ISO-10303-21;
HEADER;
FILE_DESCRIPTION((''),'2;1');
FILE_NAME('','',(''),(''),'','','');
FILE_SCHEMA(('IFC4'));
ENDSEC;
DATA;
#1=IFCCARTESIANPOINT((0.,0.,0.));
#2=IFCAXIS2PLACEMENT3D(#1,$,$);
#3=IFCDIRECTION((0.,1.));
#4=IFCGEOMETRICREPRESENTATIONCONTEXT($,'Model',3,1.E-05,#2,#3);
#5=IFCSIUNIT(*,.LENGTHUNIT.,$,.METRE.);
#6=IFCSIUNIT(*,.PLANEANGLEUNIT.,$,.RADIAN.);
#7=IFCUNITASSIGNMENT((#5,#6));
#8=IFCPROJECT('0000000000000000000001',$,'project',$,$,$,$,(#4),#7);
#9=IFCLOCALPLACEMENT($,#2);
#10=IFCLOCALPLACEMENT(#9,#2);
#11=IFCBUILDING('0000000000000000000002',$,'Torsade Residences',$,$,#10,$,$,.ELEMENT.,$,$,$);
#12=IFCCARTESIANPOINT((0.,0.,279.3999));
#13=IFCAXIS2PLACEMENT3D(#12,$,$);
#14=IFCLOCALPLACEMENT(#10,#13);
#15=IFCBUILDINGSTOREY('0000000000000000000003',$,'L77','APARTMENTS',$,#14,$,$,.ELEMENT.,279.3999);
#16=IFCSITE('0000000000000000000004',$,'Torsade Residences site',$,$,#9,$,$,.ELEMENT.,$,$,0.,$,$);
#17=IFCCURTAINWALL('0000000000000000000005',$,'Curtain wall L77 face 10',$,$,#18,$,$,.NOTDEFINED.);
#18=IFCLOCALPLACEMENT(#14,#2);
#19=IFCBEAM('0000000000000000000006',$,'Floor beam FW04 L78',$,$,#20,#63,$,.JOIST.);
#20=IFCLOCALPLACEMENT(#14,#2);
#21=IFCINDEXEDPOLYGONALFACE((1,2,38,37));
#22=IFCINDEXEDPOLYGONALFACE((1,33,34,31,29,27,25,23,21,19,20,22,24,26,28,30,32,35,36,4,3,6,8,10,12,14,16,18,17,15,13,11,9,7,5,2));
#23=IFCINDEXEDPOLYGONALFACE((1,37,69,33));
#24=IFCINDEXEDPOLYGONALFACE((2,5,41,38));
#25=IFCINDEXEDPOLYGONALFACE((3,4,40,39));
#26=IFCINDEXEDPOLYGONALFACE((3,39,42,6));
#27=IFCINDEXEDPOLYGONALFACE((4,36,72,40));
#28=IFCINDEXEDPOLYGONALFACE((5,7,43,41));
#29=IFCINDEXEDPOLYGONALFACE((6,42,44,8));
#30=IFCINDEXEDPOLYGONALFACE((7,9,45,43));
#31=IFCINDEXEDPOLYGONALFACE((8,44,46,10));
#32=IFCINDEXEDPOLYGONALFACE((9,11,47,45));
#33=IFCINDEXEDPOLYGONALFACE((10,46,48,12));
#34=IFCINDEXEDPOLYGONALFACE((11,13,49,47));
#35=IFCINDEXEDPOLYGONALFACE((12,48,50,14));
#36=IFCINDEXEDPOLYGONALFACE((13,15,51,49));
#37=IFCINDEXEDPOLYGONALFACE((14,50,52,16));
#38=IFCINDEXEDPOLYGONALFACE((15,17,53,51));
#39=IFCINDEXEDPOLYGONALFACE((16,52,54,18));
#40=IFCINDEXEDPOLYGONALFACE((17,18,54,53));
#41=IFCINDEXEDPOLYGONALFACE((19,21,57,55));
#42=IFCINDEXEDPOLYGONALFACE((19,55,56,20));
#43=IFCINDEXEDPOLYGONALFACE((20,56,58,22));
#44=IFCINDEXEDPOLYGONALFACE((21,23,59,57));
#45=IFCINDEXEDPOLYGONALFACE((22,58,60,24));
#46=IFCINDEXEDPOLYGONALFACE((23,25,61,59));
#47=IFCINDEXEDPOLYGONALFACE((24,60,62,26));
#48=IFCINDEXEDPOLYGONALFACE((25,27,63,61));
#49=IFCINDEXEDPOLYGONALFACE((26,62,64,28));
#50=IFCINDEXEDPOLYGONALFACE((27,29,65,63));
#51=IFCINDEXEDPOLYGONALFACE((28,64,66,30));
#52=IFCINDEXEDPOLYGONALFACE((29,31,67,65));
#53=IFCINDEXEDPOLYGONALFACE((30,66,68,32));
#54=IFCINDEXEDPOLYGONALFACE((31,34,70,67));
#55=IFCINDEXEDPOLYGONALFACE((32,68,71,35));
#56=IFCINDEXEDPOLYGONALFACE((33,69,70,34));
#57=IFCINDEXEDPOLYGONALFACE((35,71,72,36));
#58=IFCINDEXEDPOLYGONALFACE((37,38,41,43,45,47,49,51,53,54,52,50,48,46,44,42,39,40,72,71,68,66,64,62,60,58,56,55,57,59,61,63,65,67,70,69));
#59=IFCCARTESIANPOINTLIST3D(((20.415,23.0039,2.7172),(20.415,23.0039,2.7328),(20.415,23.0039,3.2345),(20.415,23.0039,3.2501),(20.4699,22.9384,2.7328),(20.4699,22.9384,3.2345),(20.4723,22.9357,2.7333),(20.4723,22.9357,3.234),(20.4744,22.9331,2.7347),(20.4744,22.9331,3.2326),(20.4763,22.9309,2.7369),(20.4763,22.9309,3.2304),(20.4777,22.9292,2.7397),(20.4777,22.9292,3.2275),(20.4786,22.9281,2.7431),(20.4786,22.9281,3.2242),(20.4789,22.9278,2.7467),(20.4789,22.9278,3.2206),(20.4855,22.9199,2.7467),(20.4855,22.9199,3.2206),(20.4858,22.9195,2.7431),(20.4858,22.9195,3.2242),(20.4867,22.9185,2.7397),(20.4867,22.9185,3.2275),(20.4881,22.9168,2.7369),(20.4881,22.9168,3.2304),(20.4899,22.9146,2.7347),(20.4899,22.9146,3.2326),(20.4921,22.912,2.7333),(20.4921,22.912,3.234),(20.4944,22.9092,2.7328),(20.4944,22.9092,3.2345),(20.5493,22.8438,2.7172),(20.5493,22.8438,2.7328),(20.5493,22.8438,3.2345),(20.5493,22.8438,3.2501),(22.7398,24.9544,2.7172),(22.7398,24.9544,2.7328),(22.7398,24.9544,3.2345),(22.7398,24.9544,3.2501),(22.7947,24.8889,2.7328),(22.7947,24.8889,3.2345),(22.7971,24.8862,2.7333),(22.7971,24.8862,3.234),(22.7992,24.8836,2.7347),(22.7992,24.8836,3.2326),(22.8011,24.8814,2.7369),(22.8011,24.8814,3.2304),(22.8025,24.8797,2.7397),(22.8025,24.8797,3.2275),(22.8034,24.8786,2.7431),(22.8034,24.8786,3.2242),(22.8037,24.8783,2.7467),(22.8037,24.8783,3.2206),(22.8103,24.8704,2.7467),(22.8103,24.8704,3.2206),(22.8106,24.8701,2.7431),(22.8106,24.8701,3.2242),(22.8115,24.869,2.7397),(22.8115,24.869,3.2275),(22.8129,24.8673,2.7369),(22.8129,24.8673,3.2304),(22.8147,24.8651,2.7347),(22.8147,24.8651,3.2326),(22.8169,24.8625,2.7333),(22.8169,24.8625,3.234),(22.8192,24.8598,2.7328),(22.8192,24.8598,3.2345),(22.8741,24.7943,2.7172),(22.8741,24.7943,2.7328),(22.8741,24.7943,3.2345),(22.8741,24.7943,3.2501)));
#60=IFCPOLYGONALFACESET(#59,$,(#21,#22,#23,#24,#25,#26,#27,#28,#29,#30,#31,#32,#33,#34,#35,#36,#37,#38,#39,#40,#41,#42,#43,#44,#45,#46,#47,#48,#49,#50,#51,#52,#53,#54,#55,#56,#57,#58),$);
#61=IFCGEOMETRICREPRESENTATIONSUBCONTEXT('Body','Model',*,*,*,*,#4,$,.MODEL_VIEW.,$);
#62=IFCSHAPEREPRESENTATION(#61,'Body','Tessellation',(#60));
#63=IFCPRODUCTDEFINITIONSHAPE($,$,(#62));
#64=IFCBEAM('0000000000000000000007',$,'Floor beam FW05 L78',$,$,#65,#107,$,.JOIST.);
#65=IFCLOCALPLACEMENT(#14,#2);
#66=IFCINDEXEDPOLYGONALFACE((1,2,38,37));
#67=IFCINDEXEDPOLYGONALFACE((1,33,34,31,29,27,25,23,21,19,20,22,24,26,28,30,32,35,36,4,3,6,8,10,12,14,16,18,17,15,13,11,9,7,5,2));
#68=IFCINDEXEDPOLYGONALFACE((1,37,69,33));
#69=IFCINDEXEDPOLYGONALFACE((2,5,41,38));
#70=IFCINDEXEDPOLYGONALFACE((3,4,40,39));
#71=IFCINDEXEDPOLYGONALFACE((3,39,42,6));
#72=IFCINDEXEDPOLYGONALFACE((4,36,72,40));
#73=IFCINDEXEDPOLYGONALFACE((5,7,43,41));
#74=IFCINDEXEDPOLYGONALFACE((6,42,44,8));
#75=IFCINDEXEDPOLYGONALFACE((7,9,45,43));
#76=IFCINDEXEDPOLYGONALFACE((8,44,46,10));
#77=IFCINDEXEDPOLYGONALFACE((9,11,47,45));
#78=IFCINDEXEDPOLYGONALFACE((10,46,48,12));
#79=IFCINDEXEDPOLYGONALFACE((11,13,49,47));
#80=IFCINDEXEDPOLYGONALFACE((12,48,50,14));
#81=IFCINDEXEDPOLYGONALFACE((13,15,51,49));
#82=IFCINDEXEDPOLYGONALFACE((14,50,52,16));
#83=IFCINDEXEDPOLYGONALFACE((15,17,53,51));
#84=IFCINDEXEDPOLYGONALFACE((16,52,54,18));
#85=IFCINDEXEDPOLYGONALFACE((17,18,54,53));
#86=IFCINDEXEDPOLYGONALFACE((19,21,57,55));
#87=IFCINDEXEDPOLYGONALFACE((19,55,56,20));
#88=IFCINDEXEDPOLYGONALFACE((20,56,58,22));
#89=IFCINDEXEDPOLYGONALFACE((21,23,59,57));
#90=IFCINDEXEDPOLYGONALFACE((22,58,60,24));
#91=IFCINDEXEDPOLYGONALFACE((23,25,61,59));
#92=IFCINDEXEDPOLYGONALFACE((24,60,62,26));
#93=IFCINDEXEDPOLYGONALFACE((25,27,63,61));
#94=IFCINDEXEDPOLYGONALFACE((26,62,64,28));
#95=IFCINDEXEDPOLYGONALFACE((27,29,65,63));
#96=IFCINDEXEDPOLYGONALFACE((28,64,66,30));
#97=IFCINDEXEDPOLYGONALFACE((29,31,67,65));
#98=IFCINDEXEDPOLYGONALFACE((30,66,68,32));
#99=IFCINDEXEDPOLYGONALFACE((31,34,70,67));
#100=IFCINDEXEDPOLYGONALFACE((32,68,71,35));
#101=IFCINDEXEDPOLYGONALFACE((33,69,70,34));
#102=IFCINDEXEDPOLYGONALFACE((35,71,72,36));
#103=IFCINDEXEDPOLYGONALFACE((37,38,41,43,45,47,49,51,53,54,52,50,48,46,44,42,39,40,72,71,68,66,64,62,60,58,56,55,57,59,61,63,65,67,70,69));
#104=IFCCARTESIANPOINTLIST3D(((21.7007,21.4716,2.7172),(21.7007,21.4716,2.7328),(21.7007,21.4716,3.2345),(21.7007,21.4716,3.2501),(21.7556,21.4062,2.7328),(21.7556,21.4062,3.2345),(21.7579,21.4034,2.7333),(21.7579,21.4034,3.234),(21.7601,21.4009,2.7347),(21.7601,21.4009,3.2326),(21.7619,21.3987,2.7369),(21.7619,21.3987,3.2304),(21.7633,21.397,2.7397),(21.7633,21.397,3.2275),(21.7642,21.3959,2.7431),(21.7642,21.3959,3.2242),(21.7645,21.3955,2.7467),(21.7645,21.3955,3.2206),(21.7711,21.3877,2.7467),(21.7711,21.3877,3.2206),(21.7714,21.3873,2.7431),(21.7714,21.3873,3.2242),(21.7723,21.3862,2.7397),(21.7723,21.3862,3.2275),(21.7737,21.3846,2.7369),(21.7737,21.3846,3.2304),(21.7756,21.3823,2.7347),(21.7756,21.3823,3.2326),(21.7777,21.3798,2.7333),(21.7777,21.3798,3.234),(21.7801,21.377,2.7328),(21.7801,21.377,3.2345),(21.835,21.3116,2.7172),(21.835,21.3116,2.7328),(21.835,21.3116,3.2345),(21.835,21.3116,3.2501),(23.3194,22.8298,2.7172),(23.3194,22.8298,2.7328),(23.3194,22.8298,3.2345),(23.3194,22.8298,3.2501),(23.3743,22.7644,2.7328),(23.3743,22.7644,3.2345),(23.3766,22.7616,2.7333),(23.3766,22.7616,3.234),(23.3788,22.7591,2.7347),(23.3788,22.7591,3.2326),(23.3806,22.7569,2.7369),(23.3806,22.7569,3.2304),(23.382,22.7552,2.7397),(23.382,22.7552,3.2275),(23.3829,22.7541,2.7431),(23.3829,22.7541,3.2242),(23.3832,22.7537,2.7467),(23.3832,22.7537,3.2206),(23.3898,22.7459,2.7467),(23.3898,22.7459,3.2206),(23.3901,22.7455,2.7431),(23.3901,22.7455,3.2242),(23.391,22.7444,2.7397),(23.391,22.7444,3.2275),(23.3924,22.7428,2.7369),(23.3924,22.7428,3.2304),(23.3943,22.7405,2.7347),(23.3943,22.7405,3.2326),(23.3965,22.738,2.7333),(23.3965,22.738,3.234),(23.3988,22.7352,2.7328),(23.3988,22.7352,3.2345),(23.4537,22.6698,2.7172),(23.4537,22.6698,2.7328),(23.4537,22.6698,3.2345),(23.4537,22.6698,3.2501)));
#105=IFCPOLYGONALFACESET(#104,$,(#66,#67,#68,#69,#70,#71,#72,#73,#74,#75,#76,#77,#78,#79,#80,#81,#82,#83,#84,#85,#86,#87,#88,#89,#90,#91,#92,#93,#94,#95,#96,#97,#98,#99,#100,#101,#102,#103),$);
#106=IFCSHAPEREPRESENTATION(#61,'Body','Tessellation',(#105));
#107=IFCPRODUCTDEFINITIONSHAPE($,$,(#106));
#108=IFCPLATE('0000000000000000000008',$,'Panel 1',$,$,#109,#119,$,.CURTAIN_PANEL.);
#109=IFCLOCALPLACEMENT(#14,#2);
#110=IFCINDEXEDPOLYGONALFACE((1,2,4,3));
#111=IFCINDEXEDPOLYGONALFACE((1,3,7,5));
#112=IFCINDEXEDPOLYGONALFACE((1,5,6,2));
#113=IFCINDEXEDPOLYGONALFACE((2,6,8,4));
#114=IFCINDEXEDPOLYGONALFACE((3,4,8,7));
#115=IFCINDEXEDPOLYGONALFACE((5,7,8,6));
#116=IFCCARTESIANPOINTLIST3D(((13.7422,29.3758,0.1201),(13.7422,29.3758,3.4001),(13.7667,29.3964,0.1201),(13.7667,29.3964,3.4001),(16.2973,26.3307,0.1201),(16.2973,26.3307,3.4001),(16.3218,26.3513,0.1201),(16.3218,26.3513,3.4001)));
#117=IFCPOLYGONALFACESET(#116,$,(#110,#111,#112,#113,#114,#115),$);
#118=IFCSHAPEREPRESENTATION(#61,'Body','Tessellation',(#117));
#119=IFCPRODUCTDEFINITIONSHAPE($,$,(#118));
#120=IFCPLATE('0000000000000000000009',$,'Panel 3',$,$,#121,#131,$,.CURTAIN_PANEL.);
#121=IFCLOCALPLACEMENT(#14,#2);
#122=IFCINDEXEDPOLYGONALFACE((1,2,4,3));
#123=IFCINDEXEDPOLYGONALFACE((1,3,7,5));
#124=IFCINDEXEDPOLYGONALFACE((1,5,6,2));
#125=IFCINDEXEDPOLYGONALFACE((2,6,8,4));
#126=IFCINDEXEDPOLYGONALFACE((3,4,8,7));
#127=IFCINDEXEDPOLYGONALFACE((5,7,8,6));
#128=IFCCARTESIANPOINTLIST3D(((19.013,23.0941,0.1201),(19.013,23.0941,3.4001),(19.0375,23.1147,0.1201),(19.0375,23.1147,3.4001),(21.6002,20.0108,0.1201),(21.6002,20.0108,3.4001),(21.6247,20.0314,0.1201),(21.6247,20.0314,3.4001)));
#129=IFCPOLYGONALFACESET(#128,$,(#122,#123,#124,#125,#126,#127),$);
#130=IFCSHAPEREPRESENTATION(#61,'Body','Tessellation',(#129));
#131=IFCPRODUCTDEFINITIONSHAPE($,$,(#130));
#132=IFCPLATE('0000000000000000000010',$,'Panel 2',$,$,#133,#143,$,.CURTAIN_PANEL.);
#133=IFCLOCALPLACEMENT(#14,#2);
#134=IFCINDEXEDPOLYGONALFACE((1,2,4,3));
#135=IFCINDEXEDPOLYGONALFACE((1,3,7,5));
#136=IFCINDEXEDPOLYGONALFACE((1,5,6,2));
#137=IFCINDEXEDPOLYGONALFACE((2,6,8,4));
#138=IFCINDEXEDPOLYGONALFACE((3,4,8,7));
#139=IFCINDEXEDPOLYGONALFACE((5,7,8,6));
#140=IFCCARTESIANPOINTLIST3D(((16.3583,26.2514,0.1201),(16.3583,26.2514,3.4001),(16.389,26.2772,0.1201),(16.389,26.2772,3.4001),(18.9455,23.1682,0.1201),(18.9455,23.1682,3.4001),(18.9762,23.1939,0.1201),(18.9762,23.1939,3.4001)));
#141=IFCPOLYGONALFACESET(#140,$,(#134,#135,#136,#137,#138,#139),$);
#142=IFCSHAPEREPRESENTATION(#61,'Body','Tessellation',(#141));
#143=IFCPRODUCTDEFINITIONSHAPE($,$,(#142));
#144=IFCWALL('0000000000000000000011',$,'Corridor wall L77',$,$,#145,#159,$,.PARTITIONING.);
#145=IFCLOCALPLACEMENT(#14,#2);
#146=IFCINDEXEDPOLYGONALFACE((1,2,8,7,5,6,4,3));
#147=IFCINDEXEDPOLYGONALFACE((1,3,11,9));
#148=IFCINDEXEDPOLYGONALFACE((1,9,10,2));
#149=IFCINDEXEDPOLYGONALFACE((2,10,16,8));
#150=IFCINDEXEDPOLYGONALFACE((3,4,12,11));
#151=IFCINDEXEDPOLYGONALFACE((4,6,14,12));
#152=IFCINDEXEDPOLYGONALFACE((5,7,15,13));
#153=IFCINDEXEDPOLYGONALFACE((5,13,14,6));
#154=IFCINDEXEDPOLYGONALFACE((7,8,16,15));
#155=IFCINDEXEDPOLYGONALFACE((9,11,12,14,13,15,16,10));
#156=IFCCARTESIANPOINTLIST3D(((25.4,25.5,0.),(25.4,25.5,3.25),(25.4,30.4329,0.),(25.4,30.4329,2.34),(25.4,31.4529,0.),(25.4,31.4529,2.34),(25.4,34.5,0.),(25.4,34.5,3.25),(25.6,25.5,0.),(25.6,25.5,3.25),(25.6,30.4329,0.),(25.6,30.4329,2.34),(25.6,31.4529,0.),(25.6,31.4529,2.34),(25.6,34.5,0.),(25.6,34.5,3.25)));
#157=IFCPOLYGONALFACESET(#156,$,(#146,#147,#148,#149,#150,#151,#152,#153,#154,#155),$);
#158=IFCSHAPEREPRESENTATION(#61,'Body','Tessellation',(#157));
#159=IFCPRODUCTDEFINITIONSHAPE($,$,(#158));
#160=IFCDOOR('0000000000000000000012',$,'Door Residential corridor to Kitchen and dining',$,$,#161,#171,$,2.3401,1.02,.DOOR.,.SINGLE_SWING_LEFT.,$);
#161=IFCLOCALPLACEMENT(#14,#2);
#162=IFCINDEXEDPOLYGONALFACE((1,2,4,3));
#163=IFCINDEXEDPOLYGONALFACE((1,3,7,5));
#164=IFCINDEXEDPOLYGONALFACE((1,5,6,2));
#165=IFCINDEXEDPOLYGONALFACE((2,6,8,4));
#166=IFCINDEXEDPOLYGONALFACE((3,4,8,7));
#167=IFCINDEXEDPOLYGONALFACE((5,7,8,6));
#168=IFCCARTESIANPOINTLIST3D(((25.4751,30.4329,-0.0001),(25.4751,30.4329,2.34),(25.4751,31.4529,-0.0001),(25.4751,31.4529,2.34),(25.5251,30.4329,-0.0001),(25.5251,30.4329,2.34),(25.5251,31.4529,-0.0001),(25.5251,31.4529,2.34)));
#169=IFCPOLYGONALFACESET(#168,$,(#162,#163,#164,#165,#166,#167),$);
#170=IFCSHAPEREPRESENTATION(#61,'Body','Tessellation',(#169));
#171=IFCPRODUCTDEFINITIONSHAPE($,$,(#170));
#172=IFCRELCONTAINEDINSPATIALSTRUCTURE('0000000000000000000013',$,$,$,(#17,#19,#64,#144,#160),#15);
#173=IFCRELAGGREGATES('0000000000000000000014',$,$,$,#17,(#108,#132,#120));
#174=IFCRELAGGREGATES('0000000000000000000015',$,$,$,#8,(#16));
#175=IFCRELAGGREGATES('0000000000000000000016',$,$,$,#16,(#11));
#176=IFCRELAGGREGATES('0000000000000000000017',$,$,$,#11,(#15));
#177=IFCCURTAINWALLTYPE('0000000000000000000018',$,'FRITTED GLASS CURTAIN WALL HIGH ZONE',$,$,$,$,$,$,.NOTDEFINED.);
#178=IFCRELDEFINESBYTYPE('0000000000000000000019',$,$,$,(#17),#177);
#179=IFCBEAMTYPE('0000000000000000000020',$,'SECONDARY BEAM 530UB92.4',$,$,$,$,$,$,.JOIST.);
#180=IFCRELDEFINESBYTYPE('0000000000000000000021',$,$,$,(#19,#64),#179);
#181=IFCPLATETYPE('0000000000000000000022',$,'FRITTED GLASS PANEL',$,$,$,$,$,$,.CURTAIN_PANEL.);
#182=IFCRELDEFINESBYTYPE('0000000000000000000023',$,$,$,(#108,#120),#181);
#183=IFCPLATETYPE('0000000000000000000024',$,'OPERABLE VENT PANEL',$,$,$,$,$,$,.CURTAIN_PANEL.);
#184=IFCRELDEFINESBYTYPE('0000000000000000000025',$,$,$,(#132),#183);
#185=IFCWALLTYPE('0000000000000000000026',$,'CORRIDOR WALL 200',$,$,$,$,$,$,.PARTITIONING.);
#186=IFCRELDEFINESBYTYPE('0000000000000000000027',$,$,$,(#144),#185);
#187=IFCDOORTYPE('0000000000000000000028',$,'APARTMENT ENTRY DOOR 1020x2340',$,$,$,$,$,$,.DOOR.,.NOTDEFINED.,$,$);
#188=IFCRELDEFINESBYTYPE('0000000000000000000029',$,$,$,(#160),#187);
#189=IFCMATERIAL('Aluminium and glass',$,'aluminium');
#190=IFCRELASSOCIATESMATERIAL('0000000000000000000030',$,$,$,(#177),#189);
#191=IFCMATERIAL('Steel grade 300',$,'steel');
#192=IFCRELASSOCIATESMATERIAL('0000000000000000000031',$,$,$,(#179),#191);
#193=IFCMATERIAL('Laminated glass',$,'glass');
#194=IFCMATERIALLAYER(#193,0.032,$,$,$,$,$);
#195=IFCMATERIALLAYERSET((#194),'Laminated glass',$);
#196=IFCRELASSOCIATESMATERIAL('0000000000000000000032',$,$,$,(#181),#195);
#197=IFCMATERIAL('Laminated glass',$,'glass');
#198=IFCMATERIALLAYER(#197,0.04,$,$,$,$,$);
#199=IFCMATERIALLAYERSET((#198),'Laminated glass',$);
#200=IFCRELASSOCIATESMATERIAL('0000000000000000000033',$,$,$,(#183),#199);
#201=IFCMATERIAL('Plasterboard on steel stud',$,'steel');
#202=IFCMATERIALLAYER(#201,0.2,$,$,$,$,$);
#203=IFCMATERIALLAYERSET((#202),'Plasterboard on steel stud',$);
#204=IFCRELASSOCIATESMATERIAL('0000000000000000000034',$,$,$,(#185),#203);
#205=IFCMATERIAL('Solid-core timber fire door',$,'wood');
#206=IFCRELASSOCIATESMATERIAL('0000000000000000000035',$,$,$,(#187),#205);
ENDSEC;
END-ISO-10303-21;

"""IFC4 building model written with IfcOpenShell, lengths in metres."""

from ifc_helpers import new_model, si_unit, direction, frame, frame_2d, origin, origin_2d, place, context, subcontext, project, spatial, rectangle, i_section, extrude, material, layer, layer_set, material_profile, profile_set, type_object, element, fill, aggregate, save


model = new_model("IFC4")

# Units and contexts
model_context = context("Model", 3, precision=1e-05, world=origin(), true_north=direction((0.0, 1.0)))
body_context = subcontext(model_context, "Body", "Model", "MODEL_VIEW")
ifc_project = project(units=[si_unit("LENGTHUNIT", "METRE"), si_unit("PLANEANGLEUNIT", "RADIAN")], contexts=[model_context])

# Site, building, storey
site_placement = place(None, origin())
site = spatial("IfcSite", under=ifc_project, at=site_placement, Name="Torsade Residences site", CompositionType="ELEMENT", RefElevation=0.0)
building_placement = place(site_placement, origin())
building = spatial("IfcBuilding", under=site, at=building_placement, Name="Torsade Residences", CompositionType="ELEMENT")
storey_placement = place(building_placement, frame((0.0, 0.0, 279.3999)))
storey = spatial("IfcBuildingStorey", under=building, at=storey_placement, Name="L77", Description="APARTMENTS", CompositionType="ELEMENT", Elevation=279.3999)

# Curtain wall
ifc_material_1 = material(Name="Aluminium and glass", Category="aluminium")
curtain_wall_type = type_object("IfcCurtainWallType", Name="FRITTED GLASS CURTAIN WALL HIGH ZONE", PredefinedType="NOTDEFINED", material=ifc_material_1)
curtain_wall_placement = place(storey_placement, origin())
curtain_wall = element("IfcCurtainWall", 1, at=curtain_wall_placement, inside=storey, type_object=curtain_wall_type, Name="Curtain wall L77 face 10", PredefinedType="NOTDEFINED")

# Beams
ifc_material_2 = material(Name="Steel grade 300", Category="steel")
ifc_material_profile_1 = material_profile(ifc_material_2, i_section(OverallWidth=0.209, OverallDepth=0.533, WebThickness=0.0103, FlangeThickness=0.0156, FilletRadius=0.0139, at=origin_2d()), Name="530UB92.4")
ifc_profile_set_1 = profile_set([ifc_material_profile_1], Name="Steel grade 300")
beam_type_1 = type_object("IfcBeamType", Name="SECONDARY BEAM 530UB92.4", PredefinedType="JOIST", material=ifc_profile_set_1)
beam_1_placement = place(storey_placement, frame((20.4822, 22.9238, 2.9836), z_axis=(0.76608, 0.642745, 0.0), x_axis=(-0.642745, 0.76608, 0.0)))
element("IfcBeam", 2, at=beam_1_placement, inside=storey, type_object=beam_type_1, Name="Floor beam FW04 L78", PredefinedType="JOIST", context=body_context, shape_type="SweptSolid", body=[
    extrude(i_section(OverallWidth=0.209, OverallDepth=0.533, WebThickness=0.0103, FlangeThickness=0.0156, FilletRadius=0.0139, at=origin_2d()), origin(), (0.0, 0.0, 1.0), 3.0347),
])
beam_2_placement = place(storey_placement, frame((21.7678, 21.3916, 2.9836), z_axis=(0.766058, 0.642772, 0.0), x_axis=(-0.642772, 0.766058, 0.0)))
element("IfcBeam", 3, at=beam_2_placement, inside=storey, type_object=beam_type_1, Name="Floor beam FW05 L78", PredefinedType="JOIST", context=body_context, shape_type="SweptSolid", body=[
    extrude(i_section(OverallWidth=0.209, OverallDepth=0.533, WebThickness=0.0103, FlangeThickness=0.0156, FilletRadius=0.0139, at=origin_2d()), origin(), (0.0, 0.0, 1.0), 2.113),
])

# Plates
ifc_material_3 = material(Name="Laminated glass", Category="glass")
ifc_layer_1 = layer(ifc_material_3, 0.032)
ifc_layer_set_1 = layer_set([ifc_layer_1], Name="Laminated glass")
plate_type_1 = type_object("IfcPlateType", Name="FRITTED GLASS PANEL", PredefinedType="CURTAIN_PANEL", material=ifc_layer_set_1)
plate_1_placement = place(storey_placement, frame((15.032, 27.8635, 0.1201), z_axis=(0.0, 0.0, 1.0), x_axis=(0.642788, -0.766044, 0.0)))
plate_1 = element("IfcPlate", 4, at=plate_1_placement, type_object=plate_type_1, Name="Panel 1", PredefinedType="CURTAIN_PANEL", context=body_context, shape_type="SweptSolid", body=[
    extrude(rectangle(XDim=3.9751, YDim=0.032, at=origin_2d()), origin(), (0.0, 0.0, 1.0), 3.28),
])
plate_2_placement = place(storey_placement, frame((20.3188, 21.5627, 0.1201), z_axis=(0.0, 0.0, 1.0), x_axis=(0.642788, -0.766044, 0.0)))
plate_2 = element("IfcPlate", 5, at=plate_2_placement, type_object=plate_type_1, Name="Panel 3", PredefinedType="CURTAIN_PANEL", context=body_context, shape_type="SweptSolid", body=[
    extrude(rectangle(XDim=4.0249, YDim=0.032, at=origin_2d()), origin(), (0.0, 0.0, 1.0), 3.28),
])
ifc_material_4 = material(Name="Laminated glass", Category="glass")
ifc_layer_2 = layer(ifc_material_4, 0.04)
ifc_layer_set_2 = layer_set([ifc_layer_2], Name="Laminated glass")
plate_type_2 = type_object("IfcPlateType", Name="OPERABLE VENT PANEL", PredefinedType="CURTAIN_PANEL", material=ifc_layer_set_2)
plate_3_placement = place(storey_placement, frame((17.6672, 24.7227, 0.1201), z_axis=(0.0, 0.0, 1.0), x_axis=(0.642788, -0.766044, 0.0)))
plate_3 = element("IfcPlate", 6, at=plate_3_placement, type_object=plate_type_2, Name="Panel 2", PredefinedType="CURTAIN_PANEL", context=body_context, shape_type="SweptSolid", body=[
    extrude(rectangle(XDim=4.0249, YDim=0.04, at=origin_2d()), origin(), (0.0, 0.0, 1.0), 3.28),
])
aggregate(curtain_wall, [plate_1, plate_3, plate_2])

# Wall, opening, door
ifc_material_5 = material(Name="Plasterboard on steel stud", Category="steel")
ifc_layer_3 = layer(ifc_material_5, 0.2)
ifc_layer_set_3 = layer_set([ifc_layer_3], Name="Plasterboard on steel stud")
wall_type_1 = type_object("IfcWallType", Name="CORRIDOR WALL 200", PredefinedType="PARTITIONING", material=ifc_layer_set_3)
wall_1_placement = place(storey_placement, frame((25.5, 25.5, 0.0), z_axis=(0.0, 0.0, 1.0), x_axis=(0.0, 1.0, 0.0)))
wall_1 = element("IfcWall", 7, at=wall_1_placement, inside=storey, type_object=wall_type_1, Name="Corridor wall L77", PredefinedType="PARTITIONING", context=body_context, shape_type="SweptSolid", body=[
    extrude(rectangle(XDim=9.0, YDim=0.2, at=frame_2d((4.5, 0.0))), origin(), (0.0, 0.0, 1.0), 3.25),
])
opening_1_placement = place(wall_1_placement, frame((4.9329, 0.0, 0.0)))
opening_1 = element("IfcOpeningElement", 8, at=opening_1_placement, cuts=wall_1, PredefinedType="OPENING", context=body_context, shape_type="SweptSolid", body=[
    extrude(rectangle(XDim=1.02, YDim=2.3401, at=frame_2d((0.51, 1.1699))), frame((0.0, 0.1099, 0.0), z_axis=(0.0, -1.0, 0.0), x_axis=(1.0, 0.0, 0.0)), (0.0, 0.0, 1.0), 0.22),
])
ifc_material_6 = material(Name="Solid-core timber fire door", Category="wood")
door_type_1 = type_object("IfcDoorType", Name="APARTMENT ENTRY DOOR 1020x2340", OperationType="NOTDEFINED", PredefinedType="DOOR", material=ifc_material_6)
door_1_placement = place(opening_1_placement, origin())
door_1 = element("IfcDoor", 9, at=door_1_placement, inside=storey, type_object=door_type_1, Name="Door Residential corridor to Kitchen and dining", OperationType="SINGLE_SWING_LEFT", OverallHeight=2.3401, OverallWidth=1.02, PredefinedType="DOOR", context=body_context, shape_type="SweptSolid", body=[
    extrude(rectangle(XDim=1.02, YDim=2.3401, at=frame_2d((0.51, 1.1699))), frame((0.0, 0.0249, 0.0), z_axis=(0.0, -1.0, 0.0), x_axis=(1.0, 0.0, 0.0)), (0.0, 0.0, 1.0), 0.05),
])
fill(opening_1, door_1)

save(model, "model.ifc")
